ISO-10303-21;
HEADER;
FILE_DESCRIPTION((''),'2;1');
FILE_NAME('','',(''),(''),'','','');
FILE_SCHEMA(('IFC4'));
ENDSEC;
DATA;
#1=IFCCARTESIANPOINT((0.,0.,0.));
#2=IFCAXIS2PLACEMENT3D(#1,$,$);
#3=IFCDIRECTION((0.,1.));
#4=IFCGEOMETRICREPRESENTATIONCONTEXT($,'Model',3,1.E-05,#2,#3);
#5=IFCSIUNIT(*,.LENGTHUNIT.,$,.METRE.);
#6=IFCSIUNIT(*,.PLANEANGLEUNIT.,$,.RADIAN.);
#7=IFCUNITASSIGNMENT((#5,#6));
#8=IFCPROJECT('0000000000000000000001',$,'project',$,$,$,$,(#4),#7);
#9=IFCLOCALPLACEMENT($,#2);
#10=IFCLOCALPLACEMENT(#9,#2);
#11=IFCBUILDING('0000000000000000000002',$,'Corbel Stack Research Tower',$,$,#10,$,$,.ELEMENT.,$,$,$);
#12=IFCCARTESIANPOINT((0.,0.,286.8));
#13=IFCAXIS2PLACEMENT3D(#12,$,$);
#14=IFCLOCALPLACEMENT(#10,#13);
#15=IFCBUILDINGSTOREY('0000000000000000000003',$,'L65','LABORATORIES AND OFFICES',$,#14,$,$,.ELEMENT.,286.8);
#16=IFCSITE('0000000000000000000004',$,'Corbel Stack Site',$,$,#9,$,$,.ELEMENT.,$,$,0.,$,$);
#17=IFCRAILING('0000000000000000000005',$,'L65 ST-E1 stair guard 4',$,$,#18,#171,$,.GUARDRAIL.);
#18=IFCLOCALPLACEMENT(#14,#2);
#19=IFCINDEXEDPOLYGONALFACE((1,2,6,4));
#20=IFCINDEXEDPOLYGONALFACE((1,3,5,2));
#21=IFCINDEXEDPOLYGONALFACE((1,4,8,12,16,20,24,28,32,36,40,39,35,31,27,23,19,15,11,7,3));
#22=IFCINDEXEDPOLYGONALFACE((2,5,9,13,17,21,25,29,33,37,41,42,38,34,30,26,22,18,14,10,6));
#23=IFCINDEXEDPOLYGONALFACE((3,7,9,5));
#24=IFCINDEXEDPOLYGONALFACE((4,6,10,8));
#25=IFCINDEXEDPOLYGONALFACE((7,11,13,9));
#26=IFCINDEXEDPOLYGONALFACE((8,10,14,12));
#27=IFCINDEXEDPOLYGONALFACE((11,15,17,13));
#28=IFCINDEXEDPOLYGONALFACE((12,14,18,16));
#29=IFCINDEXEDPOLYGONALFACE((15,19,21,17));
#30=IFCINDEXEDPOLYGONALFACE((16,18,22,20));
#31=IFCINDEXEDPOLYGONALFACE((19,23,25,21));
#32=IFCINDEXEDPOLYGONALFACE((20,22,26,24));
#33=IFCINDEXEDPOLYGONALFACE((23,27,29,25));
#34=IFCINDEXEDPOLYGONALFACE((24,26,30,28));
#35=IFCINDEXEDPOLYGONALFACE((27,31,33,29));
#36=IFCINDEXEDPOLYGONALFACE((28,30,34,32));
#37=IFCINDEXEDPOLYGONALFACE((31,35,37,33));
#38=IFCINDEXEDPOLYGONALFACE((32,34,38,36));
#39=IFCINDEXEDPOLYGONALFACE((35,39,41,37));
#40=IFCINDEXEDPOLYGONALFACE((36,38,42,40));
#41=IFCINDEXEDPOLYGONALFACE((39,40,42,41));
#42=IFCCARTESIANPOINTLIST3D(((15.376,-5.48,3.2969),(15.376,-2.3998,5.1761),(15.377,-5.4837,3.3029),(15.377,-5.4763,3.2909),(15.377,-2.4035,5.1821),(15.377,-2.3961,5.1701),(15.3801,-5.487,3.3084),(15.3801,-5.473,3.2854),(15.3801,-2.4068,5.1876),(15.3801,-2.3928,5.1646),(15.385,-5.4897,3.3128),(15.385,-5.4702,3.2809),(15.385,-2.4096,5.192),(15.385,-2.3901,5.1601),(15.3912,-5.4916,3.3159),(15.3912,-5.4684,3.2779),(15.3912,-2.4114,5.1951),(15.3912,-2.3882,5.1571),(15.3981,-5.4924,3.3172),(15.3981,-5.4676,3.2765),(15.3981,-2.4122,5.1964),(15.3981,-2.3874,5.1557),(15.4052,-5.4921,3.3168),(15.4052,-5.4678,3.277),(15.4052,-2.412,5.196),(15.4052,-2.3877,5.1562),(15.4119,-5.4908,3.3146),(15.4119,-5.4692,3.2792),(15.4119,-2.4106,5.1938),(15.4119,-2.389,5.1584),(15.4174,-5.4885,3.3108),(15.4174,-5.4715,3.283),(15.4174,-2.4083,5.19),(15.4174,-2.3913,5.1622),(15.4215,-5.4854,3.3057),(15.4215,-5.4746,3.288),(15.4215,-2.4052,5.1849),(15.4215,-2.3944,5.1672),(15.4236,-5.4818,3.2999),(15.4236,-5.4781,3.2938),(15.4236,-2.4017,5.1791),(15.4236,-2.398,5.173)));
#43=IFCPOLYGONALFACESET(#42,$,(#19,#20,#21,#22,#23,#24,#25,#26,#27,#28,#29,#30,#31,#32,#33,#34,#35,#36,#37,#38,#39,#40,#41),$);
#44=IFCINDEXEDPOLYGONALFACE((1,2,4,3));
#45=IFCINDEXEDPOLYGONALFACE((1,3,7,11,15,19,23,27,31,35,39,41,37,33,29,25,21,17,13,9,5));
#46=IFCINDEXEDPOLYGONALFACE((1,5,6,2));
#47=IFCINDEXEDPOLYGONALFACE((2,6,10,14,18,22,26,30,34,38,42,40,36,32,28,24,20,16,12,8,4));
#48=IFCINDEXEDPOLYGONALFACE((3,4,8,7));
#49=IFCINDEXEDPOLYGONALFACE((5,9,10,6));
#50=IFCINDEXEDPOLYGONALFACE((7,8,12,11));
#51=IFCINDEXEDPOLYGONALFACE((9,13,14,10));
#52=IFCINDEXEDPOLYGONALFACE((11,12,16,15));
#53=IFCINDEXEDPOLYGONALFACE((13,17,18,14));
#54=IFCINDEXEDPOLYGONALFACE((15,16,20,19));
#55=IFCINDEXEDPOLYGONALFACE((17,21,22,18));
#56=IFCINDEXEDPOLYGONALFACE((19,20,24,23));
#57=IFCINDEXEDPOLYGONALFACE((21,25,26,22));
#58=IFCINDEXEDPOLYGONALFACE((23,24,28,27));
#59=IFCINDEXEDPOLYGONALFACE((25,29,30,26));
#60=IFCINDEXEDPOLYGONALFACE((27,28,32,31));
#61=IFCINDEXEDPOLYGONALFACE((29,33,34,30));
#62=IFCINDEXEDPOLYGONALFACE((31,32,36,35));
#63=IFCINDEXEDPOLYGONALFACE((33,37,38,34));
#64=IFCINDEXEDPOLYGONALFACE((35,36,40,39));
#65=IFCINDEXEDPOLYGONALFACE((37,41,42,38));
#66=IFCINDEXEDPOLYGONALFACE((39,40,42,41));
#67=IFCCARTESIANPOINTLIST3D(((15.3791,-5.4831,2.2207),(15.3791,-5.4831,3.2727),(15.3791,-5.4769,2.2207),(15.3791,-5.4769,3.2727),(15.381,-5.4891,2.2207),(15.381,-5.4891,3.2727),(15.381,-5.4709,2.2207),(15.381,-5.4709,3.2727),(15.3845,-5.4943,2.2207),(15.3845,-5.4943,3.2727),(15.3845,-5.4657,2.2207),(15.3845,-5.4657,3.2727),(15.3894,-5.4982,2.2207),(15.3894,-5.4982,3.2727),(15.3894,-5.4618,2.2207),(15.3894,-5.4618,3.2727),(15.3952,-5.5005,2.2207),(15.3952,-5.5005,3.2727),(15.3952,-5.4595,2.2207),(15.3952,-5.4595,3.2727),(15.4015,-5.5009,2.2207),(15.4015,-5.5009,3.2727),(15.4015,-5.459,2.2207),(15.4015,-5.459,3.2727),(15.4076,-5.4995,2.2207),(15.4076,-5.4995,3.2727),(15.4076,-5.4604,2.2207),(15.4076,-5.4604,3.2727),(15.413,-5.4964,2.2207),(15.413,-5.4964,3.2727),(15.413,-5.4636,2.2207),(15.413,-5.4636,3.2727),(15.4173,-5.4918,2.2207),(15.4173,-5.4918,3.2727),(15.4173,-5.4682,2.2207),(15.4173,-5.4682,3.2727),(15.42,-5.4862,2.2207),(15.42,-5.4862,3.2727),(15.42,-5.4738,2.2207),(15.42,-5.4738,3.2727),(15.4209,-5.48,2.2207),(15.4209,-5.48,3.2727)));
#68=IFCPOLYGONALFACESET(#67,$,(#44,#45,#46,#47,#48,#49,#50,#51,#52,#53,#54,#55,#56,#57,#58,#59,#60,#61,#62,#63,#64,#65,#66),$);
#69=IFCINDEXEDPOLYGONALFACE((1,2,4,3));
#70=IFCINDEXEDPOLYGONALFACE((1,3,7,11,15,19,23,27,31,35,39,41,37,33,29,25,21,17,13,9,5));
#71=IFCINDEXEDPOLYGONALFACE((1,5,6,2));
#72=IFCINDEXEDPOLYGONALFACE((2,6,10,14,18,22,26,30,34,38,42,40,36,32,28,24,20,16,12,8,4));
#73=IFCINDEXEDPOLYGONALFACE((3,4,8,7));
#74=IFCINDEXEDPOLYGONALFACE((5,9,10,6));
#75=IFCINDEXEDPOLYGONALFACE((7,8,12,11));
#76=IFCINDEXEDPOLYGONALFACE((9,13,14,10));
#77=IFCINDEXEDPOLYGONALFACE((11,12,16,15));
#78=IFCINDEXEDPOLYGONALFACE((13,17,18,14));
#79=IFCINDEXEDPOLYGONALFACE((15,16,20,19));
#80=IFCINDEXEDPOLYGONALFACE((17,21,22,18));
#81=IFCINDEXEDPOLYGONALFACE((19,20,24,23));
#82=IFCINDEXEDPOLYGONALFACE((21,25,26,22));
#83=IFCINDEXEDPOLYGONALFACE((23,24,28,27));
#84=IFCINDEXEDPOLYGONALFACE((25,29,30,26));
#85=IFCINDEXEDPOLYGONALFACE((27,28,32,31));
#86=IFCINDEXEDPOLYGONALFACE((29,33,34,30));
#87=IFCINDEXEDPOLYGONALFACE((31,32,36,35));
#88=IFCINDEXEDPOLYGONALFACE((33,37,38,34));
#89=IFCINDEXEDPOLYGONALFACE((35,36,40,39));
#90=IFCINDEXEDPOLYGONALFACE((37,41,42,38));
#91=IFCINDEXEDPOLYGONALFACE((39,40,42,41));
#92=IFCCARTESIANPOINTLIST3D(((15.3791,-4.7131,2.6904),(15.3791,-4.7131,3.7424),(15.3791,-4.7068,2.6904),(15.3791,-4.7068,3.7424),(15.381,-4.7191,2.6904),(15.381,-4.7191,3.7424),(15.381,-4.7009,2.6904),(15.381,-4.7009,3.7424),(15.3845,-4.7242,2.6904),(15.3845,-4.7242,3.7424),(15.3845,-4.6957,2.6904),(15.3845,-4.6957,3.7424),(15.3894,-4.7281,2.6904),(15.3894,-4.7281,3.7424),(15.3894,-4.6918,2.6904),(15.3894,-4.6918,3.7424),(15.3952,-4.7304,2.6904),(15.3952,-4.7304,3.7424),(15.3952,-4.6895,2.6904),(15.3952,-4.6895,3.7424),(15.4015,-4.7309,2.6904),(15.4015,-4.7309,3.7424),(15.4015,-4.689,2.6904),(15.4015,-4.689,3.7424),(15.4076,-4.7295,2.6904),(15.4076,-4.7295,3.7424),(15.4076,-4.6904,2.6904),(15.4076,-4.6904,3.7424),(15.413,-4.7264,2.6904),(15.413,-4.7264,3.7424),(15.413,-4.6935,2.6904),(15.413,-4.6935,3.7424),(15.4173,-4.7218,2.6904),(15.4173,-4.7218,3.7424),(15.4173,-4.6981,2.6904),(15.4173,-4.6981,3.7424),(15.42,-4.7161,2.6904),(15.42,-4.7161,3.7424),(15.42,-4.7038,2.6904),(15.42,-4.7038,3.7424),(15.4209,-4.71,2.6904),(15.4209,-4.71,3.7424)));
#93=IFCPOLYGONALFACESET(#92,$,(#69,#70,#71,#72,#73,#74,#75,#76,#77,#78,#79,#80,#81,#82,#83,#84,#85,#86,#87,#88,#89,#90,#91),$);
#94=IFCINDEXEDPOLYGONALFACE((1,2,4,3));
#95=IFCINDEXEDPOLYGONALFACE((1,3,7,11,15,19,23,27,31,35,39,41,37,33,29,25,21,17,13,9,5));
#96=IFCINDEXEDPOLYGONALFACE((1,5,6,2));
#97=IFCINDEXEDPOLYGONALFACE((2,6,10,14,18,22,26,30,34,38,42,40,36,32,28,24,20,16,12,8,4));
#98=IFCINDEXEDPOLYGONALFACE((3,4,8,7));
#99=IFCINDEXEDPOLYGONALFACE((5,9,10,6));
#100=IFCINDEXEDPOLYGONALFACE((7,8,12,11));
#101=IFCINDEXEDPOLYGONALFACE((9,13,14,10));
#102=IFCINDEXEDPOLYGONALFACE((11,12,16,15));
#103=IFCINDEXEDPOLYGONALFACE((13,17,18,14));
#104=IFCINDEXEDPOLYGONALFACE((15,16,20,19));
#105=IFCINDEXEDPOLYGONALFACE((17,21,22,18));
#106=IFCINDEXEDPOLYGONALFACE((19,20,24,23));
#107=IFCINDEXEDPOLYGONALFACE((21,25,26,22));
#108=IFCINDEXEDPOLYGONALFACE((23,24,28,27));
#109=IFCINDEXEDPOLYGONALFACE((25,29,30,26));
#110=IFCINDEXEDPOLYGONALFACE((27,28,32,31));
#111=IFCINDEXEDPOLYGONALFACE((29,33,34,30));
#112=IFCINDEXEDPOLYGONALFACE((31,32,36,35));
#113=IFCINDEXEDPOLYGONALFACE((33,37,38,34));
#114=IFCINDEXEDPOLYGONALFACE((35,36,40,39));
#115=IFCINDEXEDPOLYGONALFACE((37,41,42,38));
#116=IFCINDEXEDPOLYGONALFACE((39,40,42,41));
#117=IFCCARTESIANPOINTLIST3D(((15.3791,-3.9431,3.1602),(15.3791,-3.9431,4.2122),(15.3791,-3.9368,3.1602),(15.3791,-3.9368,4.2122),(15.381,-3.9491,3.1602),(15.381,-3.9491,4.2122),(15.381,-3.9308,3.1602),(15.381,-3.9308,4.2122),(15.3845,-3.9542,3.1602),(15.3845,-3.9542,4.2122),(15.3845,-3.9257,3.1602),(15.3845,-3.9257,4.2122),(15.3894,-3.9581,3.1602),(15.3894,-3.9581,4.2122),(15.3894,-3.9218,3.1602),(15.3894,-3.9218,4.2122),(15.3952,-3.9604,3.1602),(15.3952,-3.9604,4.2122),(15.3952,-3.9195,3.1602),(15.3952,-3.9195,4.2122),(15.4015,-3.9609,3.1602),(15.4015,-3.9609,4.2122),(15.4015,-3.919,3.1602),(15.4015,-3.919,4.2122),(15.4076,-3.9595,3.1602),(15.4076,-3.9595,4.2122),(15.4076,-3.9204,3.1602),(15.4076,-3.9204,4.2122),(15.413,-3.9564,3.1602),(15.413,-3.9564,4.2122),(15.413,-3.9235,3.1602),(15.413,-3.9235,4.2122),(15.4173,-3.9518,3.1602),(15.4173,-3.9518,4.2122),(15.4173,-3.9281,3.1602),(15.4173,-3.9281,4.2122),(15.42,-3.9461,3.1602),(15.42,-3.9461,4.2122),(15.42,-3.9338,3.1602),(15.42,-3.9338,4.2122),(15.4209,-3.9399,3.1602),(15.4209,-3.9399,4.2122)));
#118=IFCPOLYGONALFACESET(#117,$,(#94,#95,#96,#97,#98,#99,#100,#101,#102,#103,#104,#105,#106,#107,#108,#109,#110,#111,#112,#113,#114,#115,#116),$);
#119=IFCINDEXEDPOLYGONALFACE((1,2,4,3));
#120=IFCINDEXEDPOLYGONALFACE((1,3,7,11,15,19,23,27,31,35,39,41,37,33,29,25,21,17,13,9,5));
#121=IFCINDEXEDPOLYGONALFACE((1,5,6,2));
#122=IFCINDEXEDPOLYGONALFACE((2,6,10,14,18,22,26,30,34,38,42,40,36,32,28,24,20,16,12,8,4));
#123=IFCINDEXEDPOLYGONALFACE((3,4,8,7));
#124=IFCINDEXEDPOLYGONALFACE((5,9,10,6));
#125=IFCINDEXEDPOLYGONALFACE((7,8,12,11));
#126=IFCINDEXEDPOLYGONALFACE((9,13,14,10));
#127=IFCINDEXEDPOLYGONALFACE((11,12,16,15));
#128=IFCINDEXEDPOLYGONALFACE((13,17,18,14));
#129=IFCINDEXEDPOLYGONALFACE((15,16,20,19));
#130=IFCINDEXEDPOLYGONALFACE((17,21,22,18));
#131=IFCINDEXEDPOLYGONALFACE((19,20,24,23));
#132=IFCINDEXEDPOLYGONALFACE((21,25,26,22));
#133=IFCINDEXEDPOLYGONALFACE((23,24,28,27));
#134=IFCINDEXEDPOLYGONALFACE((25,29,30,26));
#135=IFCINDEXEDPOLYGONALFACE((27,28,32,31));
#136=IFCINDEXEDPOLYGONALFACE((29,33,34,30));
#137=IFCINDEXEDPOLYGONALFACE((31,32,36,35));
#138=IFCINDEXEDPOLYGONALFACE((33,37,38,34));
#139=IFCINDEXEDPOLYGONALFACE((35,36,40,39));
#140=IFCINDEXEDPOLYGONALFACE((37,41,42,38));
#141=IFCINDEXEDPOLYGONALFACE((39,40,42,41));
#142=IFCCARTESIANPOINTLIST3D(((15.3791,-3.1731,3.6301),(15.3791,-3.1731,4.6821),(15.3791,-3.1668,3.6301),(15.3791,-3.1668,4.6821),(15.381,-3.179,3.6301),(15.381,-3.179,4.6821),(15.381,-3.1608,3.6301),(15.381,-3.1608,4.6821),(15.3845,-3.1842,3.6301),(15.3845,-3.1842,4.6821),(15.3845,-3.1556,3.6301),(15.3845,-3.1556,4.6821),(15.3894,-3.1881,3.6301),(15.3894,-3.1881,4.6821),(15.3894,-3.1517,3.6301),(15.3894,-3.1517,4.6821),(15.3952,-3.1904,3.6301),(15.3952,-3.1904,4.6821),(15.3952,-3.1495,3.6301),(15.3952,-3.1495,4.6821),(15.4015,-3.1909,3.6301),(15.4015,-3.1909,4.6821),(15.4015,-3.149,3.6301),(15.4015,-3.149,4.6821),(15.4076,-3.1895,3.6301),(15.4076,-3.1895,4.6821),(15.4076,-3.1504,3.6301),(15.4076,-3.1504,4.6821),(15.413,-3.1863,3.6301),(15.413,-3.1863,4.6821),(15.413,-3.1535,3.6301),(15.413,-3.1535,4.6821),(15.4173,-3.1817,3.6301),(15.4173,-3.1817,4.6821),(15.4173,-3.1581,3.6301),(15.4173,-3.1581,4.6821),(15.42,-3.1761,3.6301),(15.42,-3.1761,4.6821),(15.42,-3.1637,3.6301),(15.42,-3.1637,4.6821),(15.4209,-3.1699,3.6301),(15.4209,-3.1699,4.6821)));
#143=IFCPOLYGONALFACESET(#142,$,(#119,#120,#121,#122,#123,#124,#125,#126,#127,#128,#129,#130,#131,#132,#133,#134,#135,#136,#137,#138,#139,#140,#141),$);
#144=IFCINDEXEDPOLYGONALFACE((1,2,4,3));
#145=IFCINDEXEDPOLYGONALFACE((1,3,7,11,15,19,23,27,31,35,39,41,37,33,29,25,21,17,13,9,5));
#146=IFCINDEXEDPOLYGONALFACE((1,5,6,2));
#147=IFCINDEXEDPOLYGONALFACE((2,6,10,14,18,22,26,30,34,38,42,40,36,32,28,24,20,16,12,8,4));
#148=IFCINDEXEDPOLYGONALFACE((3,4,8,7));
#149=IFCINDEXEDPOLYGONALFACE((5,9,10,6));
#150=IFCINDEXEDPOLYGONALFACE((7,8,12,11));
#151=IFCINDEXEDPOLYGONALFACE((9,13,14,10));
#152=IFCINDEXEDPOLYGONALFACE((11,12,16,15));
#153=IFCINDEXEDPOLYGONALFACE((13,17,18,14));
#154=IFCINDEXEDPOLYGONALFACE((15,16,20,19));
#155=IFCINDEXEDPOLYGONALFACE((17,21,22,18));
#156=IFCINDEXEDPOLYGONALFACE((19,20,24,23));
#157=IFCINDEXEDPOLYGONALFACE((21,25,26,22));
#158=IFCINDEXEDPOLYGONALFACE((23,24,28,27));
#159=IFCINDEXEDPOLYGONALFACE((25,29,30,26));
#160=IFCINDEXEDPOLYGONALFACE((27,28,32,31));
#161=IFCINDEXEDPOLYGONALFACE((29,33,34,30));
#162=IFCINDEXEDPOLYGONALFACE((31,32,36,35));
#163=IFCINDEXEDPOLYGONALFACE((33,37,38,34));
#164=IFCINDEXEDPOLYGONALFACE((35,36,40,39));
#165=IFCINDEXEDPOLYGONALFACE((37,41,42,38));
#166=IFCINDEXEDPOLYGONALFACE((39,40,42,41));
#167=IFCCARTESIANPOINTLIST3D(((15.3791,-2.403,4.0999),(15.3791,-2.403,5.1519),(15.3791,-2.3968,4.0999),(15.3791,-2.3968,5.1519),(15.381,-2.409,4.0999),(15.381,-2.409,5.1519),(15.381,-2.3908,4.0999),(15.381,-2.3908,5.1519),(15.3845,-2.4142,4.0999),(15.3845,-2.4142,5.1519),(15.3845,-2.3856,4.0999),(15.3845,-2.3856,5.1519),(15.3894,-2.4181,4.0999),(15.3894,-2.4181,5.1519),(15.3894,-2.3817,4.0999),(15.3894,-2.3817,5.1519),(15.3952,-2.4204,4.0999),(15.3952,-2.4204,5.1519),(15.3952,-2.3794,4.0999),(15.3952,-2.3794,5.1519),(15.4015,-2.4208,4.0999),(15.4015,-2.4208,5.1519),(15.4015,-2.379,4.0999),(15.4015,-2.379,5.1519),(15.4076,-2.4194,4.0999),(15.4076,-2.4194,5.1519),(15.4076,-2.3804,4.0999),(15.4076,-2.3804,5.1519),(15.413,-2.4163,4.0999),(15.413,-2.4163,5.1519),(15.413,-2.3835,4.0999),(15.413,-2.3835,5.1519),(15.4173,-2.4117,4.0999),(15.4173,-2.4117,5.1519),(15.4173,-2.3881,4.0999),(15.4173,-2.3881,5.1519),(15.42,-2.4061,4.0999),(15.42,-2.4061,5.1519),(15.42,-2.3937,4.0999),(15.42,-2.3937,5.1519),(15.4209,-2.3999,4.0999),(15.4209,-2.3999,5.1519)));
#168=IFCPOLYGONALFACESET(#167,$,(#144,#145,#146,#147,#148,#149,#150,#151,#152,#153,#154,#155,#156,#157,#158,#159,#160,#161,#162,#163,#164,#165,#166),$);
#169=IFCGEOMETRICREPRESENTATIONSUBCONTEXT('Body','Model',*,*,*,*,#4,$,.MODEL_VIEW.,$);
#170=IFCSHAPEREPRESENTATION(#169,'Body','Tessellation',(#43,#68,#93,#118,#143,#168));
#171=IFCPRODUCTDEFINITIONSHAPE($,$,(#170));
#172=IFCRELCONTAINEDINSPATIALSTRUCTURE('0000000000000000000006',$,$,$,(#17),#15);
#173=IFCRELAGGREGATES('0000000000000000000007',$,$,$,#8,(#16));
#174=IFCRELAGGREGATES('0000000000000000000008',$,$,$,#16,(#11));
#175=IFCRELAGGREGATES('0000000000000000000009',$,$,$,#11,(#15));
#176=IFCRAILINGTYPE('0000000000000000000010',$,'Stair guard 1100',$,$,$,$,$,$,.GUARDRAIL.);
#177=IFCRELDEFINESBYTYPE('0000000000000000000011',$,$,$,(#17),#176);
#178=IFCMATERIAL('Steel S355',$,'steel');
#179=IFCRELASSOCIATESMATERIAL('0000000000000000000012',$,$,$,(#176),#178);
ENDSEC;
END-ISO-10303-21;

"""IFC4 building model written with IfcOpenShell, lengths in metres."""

from ifc_helpers import new_model, si_unit, direction, frame, origin, origin_2d, place, context, subcontext, project, spatial, circle, extrude, material, type_object, element, save


model = new_model("IFC4")

# Units and contexts
model_context = context("Model", 3, precision=1e-05, world=origin(), true_north=direction((0.0, 1.0)))
body_context = subcontext(model_context, "Body", "Model", "MODEL_VIEW")
ifc_project = project(units=[si_unit("LENGTHUNIT", "METRE"), si_unit("PLANEANGLEUNIT", "RADIAN")], contexts=[model_context])

# Site, building, storey
site_placement = place(None, origin())
site = spatial("IfcSite", under=ifc_project, at=site_placement, Name="Corbel Stack Site", CompositionType="ELEMENT", RefElevation=0.0)
building_placement = place(site_placement, origin())
building = spatial("IfcBuilding", under=site, at=building_placement, Name="Corbel Stack Research Tower", CompositionType="ELEMENT")
storey_placement = place(building_placement, frame((0.0, 0.0, 286.8)))
storey = spatial("IfcBuildingStorey", under=building, at=storey_placement, Name="L65", Description="LABORATORIES AND OFFICES", CompositionType="ELEMENT", Elevation=286.8)

# Railing
ifc_material_1 = material(Name="Steel S355", Category="steel")
railing_type_1 = type_object("IfcRailingType", Name="Stair guard 1100", PredefinedType="GUARDRAIL", material=ifc_material_1)
railing_1_placement = place(storey_placement, frame((15.3999, -5.48, 2.2207)))
element("IfcRailing", 1, at=railing_1_placement, inside=storey, type_object=railing_type_1, Name="L65 ST-E1 stair guard 4", PredefinedType="GUARDRAIL", context=body_context, shape_type="SweptSolid", body=[
    extrude(circle(Radius=0.0239, at=origin_2d()), frame((0.0, 0.0, 1.0762), z_axis=(0.0, 0.853666, 0.52082), x_axis=(-1.0, 0.0, 0.0)), (0.0, 0.0, 1.0), 3.6082),
    extrude(circle(Radius=0.021, at=origin_2d()), origin(), (0.0, 0.0, 1.0), 1.052),
    extrude(circle(Radius=0.021, at=origin_2d()), frame((0.0, 0.77, 0.4697)), (0.0, 0.0, 1.0), 1.052),
    extrude(circle(Radius=0.021, at=origin_2d()), frame((0.0, 1.54, 0.9395)), (0.0, 0.0, 1.0), 1.052),
    extrude(circle(Radius=0.021, at=origin_2d()), frame((0.0, 2.3101, 1.4094)), (0.0, 0.0, 1.0), 1.052),
    extrude(circle(Radius=0.021, at=origin_2d()), frame((0.0, 3.0801, 1.8792)), (0.0, 0.0, 1.0), 1.052),
])

save(model, "model.ifc")
